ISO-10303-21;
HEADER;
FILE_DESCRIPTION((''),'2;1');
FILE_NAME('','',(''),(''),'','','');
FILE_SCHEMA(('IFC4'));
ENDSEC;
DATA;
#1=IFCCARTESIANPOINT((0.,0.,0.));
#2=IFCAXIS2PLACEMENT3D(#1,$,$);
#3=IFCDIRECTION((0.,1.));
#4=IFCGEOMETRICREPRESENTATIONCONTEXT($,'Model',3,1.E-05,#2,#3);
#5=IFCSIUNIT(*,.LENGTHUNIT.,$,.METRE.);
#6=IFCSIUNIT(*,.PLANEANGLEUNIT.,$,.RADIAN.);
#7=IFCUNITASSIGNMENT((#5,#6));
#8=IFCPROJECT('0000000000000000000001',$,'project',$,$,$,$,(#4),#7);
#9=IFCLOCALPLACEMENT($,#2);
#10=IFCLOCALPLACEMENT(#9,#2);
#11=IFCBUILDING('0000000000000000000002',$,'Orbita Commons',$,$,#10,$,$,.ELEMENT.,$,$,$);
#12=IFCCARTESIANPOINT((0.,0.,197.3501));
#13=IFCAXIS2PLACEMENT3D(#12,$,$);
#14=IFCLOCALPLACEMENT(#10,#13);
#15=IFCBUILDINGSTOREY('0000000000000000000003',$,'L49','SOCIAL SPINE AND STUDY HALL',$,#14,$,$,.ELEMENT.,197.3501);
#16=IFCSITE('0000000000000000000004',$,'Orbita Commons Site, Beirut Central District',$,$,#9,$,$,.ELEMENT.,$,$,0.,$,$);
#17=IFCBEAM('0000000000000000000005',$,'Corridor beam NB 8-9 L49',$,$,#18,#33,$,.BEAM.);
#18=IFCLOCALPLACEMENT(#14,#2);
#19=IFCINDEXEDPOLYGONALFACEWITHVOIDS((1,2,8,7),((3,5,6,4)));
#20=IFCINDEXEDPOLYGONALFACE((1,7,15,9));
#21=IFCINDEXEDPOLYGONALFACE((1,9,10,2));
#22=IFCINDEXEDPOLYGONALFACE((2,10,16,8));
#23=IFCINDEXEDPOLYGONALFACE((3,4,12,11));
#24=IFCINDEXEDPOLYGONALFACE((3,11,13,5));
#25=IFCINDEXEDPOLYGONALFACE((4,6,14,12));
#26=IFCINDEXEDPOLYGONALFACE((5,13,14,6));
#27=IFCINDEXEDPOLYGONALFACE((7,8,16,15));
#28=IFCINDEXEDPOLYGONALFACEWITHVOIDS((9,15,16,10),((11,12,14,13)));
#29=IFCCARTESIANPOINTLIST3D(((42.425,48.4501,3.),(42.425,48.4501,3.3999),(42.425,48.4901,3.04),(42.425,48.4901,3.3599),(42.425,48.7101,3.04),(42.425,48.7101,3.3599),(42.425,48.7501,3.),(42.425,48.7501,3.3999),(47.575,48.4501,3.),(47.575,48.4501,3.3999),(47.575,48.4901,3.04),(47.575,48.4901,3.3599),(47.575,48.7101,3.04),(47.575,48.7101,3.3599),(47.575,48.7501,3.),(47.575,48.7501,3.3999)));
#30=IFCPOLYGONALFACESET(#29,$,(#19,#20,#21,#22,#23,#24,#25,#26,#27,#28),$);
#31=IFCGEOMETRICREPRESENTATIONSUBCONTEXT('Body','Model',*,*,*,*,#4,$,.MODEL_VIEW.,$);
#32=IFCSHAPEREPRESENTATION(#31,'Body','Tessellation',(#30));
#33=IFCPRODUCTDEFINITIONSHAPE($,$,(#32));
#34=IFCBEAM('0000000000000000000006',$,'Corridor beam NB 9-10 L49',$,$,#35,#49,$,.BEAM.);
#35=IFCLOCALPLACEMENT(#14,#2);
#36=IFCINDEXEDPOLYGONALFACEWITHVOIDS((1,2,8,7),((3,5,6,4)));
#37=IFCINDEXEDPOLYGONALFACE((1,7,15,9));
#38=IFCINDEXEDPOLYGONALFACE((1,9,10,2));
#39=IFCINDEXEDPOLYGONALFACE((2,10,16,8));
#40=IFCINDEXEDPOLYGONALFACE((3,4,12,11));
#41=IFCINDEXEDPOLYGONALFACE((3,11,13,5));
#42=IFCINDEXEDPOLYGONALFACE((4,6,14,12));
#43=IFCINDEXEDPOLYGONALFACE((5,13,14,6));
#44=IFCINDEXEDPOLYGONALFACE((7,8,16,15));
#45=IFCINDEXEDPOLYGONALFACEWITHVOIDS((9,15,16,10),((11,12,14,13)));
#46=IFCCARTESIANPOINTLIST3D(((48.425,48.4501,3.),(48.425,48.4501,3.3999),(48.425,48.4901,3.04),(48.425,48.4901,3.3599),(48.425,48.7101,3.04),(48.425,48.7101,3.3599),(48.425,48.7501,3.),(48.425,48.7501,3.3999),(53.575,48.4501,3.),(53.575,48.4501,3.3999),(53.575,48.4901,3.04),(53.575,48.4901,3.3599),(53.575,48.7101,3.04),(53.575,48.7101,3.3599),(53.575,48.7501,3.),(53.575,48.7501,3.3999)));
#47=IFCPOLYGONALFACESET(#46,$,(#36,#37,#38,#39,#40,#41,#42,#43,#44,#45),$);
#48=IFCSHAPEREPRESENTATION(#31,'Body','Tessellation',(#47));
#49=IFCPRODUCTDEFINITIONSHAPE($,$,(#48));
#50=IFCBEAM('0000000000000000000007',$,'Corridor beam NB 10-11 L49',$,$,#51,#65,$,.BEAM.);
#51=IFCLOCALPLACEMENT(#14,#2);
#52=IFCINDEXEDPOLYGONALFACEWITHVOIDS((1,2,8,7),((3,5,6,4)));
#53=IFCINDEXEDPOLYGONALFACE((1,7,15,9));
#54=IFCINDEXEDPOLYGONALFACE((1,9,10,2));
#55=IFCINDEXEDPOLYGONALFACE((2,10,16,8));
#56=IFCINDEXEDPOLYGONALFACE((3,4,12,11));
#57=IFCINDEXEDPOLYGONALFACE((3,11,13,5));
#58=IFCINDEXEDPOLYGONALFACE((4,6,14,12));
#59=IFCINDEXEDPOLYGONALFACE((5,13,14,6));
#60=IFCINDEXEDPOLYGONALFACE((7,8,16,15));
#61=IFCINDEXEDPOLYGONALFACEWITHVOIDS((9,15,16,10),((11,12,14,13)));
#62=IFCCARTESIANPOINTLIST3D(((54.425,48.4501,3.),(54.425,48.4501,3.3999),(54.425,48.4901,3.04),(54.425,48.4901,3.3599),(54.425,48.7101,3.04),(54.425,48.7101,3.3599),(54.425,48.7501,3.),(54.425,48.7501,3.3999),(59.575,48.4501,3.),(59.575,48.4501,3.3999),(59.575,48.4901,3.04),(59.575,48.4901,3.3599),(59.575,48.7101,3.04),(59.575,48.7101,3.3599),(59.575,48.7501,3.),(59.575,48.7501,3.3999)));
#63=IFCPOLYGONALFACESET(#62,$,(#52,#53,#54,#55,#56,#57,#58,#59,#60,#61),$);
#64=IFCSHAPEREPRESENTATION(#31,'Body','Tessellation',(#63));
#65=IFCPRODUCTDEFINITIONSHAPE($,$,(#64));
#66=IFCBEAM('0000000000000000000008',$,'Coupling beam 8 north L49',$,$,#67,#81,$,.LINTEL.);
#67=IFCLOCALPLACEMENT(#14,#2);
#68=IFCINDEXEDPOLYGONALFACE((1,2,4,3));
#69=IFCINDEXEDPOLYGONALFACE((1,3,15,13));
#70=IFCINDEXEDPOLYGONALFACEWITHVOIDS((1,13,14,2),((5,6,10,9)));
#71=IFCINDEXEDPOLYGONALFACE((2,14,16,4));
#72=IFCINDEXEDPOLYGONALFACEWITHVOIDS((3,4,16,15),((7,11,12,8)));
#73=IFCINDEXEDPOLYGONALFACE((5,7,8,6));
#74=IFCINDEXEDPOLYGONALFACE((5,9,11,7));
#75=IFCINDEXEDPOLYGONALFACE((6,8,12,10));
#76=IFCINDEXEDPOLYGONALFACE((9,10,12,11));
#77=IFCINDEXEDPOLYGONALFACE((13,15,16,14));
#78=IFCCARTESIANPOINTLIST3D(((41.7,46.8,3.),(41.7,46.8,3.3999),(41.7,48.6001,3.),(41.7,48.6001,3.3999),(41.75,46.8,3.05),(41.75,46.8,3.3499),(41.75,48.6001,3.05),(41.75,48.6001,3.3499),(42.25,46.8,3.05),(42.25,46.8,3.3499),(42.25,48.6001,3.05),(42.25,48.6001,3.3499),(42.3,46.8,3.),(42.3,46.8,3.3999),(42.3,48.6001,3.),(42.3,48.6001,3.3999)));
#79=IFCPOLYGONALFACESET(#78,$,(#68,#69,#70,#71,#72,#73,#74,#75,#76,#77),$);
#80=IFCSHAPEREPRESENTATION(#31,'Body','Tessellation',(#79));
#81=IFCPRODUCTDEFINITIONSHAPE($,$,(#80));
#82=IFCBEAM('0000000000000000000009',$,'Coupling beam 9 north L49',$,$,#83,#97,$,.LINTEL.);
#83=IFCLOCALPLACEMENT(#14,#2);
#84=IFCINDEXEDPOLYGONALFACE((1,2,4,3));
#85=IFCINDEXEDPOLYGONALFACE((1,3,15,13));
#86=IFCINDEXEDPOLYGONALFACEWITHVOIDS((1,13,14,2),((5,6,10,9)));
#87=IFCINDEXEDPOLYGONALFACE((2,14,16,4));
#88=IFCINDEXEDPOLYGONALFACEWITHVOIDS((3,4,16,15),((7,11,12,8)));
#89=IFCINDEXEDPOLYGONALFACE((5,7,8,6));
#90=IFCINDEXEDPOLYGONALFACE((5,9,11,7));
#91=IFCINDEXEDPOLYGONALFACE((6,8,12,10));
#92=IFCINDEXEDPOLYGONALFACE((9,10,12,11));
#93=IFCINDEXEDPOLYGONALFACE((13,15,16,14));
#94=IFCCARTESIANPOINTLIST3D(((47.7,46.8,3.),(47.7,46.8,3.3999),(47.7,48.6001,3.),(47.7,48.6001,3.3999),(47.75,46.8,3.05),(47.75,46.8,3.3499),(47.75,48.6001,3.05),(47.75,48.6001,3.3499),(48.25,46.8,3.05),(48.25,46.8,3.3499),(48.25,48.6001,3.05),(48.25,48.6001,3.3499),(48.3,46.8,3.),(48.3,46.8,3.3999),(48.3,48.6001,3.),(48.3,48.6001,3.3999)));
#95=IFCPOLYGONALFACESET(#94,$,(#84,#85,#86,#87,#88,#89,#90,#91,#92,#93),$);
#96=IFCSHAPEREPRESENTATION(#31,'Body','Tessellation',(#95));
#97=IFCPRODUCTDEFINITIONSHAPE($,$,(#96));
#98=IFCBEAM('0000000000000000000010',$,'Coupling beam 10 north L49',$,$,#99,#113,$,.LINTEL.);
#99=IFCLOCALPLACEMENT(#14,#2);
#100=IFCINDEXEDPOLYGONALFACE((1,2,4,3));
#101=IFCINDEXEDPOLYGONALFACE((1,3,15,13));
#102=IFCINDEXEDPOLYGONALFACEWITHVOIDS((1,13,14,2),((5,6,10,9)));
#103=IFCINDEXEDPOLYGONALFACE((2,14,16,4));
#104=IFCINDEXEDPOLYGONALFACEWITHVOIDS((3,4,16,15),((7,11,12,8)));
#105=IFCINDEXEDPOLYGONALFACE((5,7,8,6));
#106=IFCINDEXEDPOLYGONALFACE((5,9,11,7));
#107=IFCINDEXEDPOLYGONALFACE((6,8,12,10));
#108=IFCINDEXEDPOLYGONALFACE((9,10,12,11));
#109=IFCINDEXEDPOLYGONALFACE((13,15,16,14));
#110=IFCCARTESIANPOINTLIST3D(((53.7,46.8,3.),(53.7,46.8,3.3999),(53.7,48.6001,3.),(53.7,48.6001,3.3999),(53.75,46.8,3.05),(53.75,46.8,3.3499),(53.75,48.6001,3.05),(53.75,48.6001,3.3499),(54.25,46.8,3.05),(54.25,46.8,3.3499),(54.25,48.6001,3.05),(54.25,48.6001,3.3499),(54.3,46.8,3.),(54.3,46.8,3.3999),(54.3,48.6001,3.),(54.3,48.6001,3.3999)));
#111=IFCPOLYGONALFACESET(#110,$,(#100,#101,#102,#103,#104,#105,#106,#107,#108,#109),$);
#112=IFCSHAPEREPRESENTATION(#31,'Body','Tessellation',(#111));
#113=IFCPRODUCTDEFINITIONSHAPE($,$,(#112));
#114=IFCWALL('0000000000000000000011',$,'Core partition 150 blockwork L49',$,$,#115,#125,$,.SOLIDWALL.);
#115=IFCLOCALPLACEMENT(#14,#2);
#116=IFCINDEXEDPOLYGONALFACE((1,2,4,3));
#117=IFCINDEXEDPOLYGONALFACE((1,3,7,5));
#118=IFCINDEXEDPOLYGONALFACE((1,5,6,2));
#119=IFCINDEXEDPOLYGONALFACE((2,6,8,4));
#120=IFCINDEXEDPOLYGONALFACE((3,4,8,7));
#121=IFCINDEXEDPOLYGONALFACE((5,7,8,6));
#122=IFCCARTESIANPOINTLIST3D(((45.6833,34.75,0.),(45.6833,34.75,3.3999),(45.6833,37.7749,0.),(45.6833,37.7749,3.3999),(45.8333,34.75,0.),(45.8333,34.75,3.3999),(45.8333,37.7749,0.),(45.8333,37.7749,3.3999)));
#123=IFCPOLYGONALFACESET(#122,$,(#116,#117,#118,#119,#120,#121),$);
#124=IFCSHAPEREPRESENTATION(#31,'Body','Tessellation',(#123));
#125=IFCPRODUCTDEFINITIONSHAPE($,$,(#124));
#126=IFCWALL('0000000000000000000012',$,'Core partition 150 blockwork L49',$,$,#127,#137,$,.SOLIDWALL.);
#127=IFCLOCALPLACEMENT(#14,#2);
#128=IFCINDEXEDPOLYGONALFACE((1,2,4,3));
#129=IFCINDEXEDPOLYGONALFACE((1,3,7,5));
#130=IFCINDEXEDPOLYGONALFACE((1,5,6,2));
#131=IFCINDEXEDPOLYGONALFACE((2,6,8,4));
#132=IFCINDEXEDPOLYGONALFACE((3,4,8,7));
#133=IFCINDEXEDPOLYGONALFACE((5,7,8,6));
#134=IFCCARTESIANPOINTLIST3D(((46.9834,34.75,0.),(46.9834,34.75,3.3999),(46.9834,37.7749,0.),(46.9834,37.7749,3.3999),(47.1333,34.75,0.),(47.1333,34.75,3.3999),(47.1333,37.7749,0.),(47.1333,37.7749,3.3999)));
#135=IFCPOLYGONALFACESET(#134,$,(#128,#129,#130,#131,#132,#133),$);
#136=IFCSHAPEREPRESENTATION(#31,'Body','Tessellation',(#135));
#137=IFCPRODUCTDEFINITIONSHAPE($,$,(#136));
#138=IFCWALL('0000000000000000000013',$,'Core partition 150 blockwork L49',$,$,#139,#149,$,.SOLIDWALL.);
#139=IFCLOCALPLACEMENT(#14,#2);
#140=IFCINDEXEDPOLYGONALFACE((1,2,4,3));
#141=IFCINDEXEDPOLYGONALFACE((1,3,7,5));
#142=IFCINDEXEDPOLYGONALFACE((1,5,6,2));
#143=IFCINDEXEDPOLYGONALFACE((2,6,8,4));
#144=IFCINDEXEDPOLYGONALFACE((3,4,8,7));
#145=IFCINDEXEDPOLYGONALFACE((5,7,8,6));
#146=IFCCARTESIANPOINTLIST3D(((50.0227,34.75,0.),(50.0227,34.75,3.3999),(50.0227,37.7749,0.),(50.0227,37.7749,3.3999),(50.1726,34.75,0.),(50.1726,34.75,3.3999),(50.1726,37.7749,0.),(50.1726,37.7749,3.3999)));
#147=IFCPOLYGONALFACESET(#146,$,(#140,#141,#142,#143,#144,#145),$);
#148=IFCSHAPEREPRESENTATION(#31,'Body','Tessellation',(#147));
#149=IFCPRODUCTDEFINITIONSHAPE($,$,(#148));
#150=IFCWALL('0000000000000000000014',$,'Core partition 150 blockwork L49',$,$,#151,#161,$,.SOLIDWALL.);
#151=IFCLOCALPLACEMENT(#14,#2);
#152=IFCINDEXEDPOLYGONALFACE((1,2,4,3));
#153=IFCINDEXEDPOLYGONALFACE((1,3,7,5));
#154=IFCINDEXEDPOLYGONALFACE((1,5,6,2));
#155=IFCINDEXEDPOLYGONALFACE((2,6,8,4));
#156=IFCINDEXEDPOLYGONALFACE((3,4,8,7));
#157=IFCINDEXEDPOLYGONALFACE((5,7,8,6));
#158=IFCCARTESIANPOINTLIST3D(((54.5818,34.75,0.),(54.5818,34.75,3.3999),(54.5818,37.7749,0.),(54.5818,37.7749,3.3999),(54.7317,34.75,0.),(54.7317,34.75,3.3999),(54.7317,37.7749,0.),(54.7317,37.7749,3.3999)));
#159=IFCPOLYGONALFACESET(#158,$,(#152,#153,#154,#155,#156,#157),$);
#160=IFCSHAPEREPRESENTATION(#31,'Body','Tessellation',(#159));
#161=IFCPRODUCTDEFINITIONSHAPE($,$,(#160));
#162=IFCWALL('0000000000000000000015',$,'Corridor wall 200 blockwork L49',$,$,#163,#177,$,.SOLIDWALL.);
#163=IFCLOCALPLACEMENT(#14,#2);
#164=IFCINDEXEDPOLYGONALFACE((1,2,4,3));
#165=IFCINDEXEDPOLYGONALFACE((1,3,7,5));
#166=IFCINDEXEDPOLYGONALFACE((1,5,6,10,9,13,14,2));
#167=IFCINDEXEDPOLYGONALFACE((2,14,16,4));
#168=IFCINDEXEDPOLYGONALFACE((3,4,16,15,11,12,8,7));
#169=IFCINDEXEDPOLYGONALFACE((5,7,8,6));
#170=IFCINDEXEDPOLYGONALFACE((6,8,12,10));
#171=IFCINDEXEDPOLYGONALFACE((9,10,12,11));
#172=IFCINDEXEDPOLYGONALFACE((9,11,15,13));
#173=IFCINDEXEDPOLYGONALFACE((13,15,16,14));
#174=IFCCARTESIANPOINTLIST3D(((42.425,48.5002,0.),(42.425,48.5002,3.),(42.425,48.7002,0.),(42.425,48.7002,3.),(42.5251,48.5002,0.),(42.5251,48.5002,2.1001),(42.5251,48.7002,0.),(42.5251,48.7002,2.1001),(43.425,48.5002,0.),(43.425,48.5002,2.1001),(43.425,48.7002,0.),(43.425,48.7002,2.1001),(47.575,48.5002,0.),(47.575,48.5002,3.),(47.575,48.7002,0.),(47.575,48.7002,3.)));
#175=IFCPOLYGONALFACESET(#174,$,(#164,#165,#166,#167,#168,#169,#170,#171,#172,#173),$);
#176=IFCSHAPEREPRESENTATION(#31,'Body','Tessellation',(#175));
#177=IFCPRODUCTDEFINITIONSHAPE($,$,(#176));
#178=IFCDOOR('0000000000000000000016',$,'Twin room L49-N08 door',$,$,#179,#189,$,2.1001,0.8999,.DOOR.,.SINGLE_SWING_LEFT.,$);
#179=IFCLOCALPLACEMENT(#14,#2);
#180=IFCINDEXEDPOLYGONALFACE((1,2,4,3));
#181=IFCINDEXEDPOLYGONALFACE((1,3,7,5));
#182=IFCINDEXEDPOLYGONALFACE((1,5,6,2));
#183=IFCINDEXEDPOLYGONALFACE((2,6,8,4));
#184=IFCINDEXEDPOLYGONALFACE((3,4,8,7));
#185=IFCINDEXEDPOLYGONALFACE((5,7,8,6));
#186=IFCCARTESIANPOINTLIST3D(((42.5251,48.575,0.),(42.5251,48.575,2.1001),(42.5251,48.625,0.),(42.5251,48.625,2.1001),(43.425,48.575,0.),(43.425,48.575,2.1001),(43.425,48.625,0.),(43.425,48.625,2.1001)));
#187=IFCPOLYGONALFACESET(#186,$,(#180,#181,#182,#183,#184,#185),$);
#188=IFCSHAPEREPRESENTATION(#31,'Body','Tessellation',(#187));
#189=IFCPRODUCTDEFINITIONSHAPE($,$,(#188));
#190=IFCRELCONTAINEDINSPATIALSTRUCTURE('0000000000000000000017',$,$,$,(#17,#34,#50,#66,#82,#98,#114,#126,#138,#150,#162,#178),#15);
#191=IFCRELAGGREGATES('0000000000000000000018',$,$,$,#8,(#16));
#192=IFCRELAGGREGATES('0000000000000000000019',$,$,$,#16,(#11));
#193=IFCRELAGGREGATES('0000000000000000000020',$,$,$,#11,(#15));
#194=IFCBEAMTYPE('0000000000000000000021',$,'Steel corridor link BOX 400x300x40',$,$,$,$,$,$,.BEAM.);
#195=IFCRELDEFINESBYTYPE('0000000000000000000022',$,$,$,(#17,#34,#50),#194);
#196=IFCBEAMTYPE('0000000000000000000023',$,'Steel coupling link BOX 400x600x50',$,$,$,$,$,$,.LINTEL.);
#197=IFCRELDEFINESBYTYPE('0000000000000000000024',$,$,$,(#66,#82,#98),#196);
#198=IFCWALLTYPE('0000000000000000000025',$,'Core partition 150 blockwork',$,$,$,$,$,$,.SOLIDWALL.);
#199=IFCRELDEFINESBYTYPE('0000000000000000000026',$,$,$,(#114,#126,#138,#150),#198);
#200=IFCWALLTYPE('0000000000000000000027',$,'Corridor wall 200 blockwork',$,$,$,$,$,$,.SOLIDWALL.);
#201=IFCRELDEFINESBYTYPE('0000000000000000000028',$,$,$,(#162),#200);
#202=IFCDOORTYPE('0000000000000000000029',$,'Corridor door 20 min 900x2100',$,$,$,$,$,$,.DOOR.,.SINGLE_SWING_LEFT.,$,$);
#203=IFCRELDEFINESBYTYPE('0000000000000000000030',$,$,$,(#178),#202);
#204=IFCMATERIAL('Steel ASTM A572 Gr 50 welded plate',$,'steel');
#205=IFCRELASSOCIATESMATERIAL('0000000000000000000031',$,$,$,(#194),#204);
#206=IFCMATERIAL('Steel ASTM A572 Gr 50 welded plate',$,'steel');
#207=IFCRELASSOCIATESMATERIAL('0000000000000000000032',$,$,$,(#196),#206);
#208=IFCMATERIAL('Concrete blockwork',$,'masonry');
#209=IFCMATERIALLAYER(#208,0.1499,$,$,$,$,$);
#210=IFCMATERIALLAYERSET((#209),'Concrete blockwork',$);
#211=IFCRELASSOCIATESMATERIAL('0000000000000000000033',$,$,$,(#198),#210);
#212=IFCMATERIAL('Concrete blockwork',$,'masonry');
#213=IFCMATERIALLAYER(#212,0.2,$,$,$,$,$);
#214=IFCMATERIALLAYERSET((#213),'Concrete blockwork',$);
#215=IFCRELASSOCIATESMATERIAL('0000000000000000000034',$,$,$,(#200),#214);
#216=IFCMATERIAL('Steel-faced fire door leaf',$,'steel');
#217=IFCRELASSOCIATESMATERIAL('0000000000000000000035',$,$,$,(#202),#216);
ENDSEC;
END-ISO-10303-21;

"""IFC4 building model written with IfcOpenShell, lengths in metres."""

from ifc_helpers import new_model, si_unit, direction, frame, frame_2d, origin, origin_2d, place, context, subcontext, project, spatial, polyline, rectangle, hollow_rectangle, outline, extrude, material, layer, layer_set, material_profile, profile_set, type_object, element, fill, save


model = new_model("IFC4")

# Units and contexts
model_context = context("Model", 3, precision=1e-05, world=origin(), true_north=direction((0.0, 1.0)))
body_context = subcontext(model_context, "Body", "Model", "MODEL_VIEW")
ifc_project = project(units=[si_unit("LENGTHUNIT", "METRE"), si_unit("PLANEANGLEUNIT", "RADIAN")], contexts=[model_context])

# Site, building, storey
site_placement = place(None, origin())
site = spatial("IfcSite", under=ifc_project, at=site_placement, Name="Orbita Commons Site, Beirut Central District", CompositionType="ELEMENT", RefElevation=0.0)
building_placement = place(site_placement, origin())
building = spatial("IfcBuilding", under=site, at=building_placement, Name="Orbita Commons", CompositionType="ELEMENT")
storey_placement = place(building_placement, frame((0.0, 0.0, 197.3501)))
storey = spatial("IfcBuildingStorey", under=building, at=storey_placement, Name="L49", Description="SOCIAL SPINE AND STUDY HALL", CompositionType="ELEMENT", Elevation=197.3501)

# Beams
ifc_material_1 = material(Name="Steel ASTM A572 Gr 50 welded plate", Category="steel")
ifc_material_profile_1 = material_profile(ifc_material_1, hollow_rectangle(XDim=0.3, YDim=0.3999, WallThickness=0.04, at=origin_2d()), Name="BOX 400x300x40")
ifc_profile_set_1 = profile_set([ifc_material_profile_1], Name="Steel ASTM A572 Gr 50 welded plate")
beam_type_1 = type_object("IfcBeamType", Name="Steel corridor link BOX 400x300x40", PredefinedType="BEAM", material=ifc_profile_set_1)
for number, where, z_axis, x_axis, name in (
    (1, (42.425, 48.6001, 3.2), (1.0, 0.0, 0.0), (0.0, 1.0, 0.0), "Corridor beam NB 8-9 L49"),
    (2, (48.425, 48.6001, 3.2), (1.0, 0.0, 0.0), (0.0, 1.0, 0.0), "Corridor beam NB 9-10 L49"),
    (3, (54.425, 48.6001, 3.2), (1.0, 0.0, 0.0), (0.0, 1.0, 0.0), "Corridor beam NB 10-11 L49"),
):
    element("IfcBeam", number, at=place(storey_placement, frame(where, z_axis=z_axis, x_axis=x_axis)), inside=storey, type_object=beam_type_1, Name=name, PredefinedType="BEAM", context=body_context, shape_type="SweptSolid", body=[
        extrude(hollow_rectangle(XDim=0.3, YDim=0.3999, WallThickness=0.04, at=origin_2d()), origin(), (0.0, 0.0, 1.0), 5.1499),
    ])
ifc_material_2 = material(Name="Steel ASTM A572 Gr 50 welded plate", Category="steel")
ifc_material_profile_2 = material_profile(ifc_material_2, hollow_rectangle(XDim=0.6001, YDim=0.3999, WallThickness=0.05, at=origin_2d()), Name="BOX 400x600x50")
ifc_profile_set_2 = profile_set([ifc_material_profile_2], Name="Steel ASTM A572 Gr 50 welded plate")
beam_type_2 = type_object("IfcBeamType", Name="Steel coupling link BOX 400x600x50", PredefinedType="LINTEL", material=ifc_profile_set_2)
for number, where, z_axis, x_axis, name in (
    (4, (42.0, 46.8, 3.2), (0.0, 1.0, 0.0), (-1.0, 0.0, 0.0), "Coupling beam 8 north L49"),
    (5, (48.0, 46.8, 3.2), (0.0, 1.0, 0.0), (-1.0, 0.0, 0.0), "Coupling beam 9 north L49"),
    (6, (54.0, 46.8, 3.2), (0.0, 1.0, 0.0), (-1.0, 0.0, 0.0), "Coupling beam 10 north L49"),
):
    element("IfcBeam", number, at=place(storey_placement, frame(where, z_axis=z_axis, x_axis=x_axis)), inside=storey, type_object=beam_type_2, Name=name, PredefinedType="LINTEL", context=body_context, shape_type="SweptSolid", body=[
        extrude(hollow_rectangle(XDim=0.6001, YDim=0.3999, WallThickness=0.05, at=origin_2d()), origin(), (0.0, 0.0, 1.0), 1.8),
    ])

# Walls
ifc_material_3 = material(Name="Concrete blockwork", Category="masonry")
ifc_layer_1 = layer(ifc_material_3, 0.1499)
ifc_layer_set_1 = layer_set([ifc_layer_1], Name="Concrete blockwork")
wall_type_1 = type_object("IfcWallType", Name="Core partition 150 blockwork", PredefinedType="SOLIDWALL", material=ifc_layer_set_1)
for number, where, z_axis, x_axis, name in (
    (7, (45.7583, 34.75, 0.0), (0.0, 0.0, 1.0), (0.0, 1.0, 0.0), "Core partition 150 blockwork L49"),
    (8, (47.0583, 34.75, 0.0), (0.0, 0.0, 1.0), (0.0, 1.0, 0.0), "Core partition 150 blockwork L49"),
    (9, (50.0977, 34.75, 0.0), (0.0, 0.0, 1.0), (0.0, 1.0, 0.0), "Core partition 150 blockwork L49"),
    (10, (54.6567, 34.75, 0.0), (0.0, 0.0, 1.0), (0.0, 1.0, 0.0), "Core partition 150 blockwork L49"),
):
    element("IfcWall", number, at=place(storey_placement, frame(where, z_axis=z_axis, x_axis=x_axis)), inside=storey, type_object=wall_type_1, Name=name, PredefinedType="SOLIDWALL", context=body_context, shape_type="SweptSolid", body=[
        extrude(rectangle(XDim=3.0249, YDim=0.1499, at=frame_2d((1.5125, 0.0))), origin(), (0.0, 0.0, 1.0), 3.3999),
    ])

# Wall, opening, door
ifc_material_4 = material(Name="Concrete blockwork", Category="masonry")
ifc_layer_2 = layer(ifc_material_4, 0.2)
ifc_layer_set_2 = layer_set([ifc_layer_2], Name="Concrete blockwork")
wall_type_2 = type_object("IfcWallType", Name="Corridor wall 200 blockwork", PredefinedType="SOLIDWALL", material=ifc_layer_set_2)
wall_1_placement = place(storey_placement, frame((42.425, 48.6001, 0.0), z_axis=(0.0, 0.0, 1.0), x_axis=(1.0, 0.0, 0.0)))
wall_1 = element("IfcWall", 11, at=wall_1_placement, inside=storey, type_object=wall_type_2, Name="Corridor wall 200 blockwork L49", PredefinedType="SOLIDWALL", context=body_context, shape_type="SweptSolid", body=[
    extrude(outline(polyline([(0.0, 0.0), (5.1499, 0.0), (5.1499, 3.0), (0.0, 3.0), (0.0, 0.0)])), frame((0.0, 0.1001, 0.0), z_axis=(0.0, -1.0, 0.0), x_axis=(1.0, 0.0, 0.0)), (0.0, 0.0, 1.0), 0.2),
])
opening_1_placement = place(wall_1_placement, frame((0.1001, 0.0, 0.0)))
opening_1 = element("IfcOpeningElement", 12, at=opening_1_placement, cuts=wall_1, PredefinedType="OPENING", context=body_context, shape_type="SweptSolid", body=[
    extrude(rectangle(XDim=0.8999, YDim=2.1001, at=frame_2d((0.45, 1.05))), frame((0.0, 0.1099, 0.0), z_axis=(0.0, -1.0, 0.0), x_axis=(1.0, 0.0, 0.0)), (0.0, 0.0, 1.0), 0.22),
])
ifc_material_5 = material(Name="Steel-faced fire door leaf", Category="steel")
door_type_1 = type_object("IfcDoorType", Name="Corridor door 20 min 900x2100", OperationType="SINGLE_SWING_LEFT", PredefinedType="DOOR", material=ifc_material_5)
door_1_placement = place(opening_1_placement, origin())
door_1 = element("IfcDoor", 13, at=door_1_placement, inside=storey, type_object=door_type_1, Name="Twin room L49-N08 door", OperationType="SINGLE_SWING_LEFT", OverallHeight=2.1001, OverallWidth=0.8999, PredefinedType="DOOR", context=body_context, shape_type="SweptSolid", body=[
    extrude(rectangle(XDim=0.8999, YDim=2.1001, at=frame_2d((0.45, 1.05))), frame((0.0, 0.0249, 0.0), z_axis=(0.0, -1.0, 0.0), x_axis=(1.0, 0.0, 0.0)), (0.0, 0.0, 1.0), 0.05),
])
fill(opening_1, door_1)

save(model, "model.ifc")
